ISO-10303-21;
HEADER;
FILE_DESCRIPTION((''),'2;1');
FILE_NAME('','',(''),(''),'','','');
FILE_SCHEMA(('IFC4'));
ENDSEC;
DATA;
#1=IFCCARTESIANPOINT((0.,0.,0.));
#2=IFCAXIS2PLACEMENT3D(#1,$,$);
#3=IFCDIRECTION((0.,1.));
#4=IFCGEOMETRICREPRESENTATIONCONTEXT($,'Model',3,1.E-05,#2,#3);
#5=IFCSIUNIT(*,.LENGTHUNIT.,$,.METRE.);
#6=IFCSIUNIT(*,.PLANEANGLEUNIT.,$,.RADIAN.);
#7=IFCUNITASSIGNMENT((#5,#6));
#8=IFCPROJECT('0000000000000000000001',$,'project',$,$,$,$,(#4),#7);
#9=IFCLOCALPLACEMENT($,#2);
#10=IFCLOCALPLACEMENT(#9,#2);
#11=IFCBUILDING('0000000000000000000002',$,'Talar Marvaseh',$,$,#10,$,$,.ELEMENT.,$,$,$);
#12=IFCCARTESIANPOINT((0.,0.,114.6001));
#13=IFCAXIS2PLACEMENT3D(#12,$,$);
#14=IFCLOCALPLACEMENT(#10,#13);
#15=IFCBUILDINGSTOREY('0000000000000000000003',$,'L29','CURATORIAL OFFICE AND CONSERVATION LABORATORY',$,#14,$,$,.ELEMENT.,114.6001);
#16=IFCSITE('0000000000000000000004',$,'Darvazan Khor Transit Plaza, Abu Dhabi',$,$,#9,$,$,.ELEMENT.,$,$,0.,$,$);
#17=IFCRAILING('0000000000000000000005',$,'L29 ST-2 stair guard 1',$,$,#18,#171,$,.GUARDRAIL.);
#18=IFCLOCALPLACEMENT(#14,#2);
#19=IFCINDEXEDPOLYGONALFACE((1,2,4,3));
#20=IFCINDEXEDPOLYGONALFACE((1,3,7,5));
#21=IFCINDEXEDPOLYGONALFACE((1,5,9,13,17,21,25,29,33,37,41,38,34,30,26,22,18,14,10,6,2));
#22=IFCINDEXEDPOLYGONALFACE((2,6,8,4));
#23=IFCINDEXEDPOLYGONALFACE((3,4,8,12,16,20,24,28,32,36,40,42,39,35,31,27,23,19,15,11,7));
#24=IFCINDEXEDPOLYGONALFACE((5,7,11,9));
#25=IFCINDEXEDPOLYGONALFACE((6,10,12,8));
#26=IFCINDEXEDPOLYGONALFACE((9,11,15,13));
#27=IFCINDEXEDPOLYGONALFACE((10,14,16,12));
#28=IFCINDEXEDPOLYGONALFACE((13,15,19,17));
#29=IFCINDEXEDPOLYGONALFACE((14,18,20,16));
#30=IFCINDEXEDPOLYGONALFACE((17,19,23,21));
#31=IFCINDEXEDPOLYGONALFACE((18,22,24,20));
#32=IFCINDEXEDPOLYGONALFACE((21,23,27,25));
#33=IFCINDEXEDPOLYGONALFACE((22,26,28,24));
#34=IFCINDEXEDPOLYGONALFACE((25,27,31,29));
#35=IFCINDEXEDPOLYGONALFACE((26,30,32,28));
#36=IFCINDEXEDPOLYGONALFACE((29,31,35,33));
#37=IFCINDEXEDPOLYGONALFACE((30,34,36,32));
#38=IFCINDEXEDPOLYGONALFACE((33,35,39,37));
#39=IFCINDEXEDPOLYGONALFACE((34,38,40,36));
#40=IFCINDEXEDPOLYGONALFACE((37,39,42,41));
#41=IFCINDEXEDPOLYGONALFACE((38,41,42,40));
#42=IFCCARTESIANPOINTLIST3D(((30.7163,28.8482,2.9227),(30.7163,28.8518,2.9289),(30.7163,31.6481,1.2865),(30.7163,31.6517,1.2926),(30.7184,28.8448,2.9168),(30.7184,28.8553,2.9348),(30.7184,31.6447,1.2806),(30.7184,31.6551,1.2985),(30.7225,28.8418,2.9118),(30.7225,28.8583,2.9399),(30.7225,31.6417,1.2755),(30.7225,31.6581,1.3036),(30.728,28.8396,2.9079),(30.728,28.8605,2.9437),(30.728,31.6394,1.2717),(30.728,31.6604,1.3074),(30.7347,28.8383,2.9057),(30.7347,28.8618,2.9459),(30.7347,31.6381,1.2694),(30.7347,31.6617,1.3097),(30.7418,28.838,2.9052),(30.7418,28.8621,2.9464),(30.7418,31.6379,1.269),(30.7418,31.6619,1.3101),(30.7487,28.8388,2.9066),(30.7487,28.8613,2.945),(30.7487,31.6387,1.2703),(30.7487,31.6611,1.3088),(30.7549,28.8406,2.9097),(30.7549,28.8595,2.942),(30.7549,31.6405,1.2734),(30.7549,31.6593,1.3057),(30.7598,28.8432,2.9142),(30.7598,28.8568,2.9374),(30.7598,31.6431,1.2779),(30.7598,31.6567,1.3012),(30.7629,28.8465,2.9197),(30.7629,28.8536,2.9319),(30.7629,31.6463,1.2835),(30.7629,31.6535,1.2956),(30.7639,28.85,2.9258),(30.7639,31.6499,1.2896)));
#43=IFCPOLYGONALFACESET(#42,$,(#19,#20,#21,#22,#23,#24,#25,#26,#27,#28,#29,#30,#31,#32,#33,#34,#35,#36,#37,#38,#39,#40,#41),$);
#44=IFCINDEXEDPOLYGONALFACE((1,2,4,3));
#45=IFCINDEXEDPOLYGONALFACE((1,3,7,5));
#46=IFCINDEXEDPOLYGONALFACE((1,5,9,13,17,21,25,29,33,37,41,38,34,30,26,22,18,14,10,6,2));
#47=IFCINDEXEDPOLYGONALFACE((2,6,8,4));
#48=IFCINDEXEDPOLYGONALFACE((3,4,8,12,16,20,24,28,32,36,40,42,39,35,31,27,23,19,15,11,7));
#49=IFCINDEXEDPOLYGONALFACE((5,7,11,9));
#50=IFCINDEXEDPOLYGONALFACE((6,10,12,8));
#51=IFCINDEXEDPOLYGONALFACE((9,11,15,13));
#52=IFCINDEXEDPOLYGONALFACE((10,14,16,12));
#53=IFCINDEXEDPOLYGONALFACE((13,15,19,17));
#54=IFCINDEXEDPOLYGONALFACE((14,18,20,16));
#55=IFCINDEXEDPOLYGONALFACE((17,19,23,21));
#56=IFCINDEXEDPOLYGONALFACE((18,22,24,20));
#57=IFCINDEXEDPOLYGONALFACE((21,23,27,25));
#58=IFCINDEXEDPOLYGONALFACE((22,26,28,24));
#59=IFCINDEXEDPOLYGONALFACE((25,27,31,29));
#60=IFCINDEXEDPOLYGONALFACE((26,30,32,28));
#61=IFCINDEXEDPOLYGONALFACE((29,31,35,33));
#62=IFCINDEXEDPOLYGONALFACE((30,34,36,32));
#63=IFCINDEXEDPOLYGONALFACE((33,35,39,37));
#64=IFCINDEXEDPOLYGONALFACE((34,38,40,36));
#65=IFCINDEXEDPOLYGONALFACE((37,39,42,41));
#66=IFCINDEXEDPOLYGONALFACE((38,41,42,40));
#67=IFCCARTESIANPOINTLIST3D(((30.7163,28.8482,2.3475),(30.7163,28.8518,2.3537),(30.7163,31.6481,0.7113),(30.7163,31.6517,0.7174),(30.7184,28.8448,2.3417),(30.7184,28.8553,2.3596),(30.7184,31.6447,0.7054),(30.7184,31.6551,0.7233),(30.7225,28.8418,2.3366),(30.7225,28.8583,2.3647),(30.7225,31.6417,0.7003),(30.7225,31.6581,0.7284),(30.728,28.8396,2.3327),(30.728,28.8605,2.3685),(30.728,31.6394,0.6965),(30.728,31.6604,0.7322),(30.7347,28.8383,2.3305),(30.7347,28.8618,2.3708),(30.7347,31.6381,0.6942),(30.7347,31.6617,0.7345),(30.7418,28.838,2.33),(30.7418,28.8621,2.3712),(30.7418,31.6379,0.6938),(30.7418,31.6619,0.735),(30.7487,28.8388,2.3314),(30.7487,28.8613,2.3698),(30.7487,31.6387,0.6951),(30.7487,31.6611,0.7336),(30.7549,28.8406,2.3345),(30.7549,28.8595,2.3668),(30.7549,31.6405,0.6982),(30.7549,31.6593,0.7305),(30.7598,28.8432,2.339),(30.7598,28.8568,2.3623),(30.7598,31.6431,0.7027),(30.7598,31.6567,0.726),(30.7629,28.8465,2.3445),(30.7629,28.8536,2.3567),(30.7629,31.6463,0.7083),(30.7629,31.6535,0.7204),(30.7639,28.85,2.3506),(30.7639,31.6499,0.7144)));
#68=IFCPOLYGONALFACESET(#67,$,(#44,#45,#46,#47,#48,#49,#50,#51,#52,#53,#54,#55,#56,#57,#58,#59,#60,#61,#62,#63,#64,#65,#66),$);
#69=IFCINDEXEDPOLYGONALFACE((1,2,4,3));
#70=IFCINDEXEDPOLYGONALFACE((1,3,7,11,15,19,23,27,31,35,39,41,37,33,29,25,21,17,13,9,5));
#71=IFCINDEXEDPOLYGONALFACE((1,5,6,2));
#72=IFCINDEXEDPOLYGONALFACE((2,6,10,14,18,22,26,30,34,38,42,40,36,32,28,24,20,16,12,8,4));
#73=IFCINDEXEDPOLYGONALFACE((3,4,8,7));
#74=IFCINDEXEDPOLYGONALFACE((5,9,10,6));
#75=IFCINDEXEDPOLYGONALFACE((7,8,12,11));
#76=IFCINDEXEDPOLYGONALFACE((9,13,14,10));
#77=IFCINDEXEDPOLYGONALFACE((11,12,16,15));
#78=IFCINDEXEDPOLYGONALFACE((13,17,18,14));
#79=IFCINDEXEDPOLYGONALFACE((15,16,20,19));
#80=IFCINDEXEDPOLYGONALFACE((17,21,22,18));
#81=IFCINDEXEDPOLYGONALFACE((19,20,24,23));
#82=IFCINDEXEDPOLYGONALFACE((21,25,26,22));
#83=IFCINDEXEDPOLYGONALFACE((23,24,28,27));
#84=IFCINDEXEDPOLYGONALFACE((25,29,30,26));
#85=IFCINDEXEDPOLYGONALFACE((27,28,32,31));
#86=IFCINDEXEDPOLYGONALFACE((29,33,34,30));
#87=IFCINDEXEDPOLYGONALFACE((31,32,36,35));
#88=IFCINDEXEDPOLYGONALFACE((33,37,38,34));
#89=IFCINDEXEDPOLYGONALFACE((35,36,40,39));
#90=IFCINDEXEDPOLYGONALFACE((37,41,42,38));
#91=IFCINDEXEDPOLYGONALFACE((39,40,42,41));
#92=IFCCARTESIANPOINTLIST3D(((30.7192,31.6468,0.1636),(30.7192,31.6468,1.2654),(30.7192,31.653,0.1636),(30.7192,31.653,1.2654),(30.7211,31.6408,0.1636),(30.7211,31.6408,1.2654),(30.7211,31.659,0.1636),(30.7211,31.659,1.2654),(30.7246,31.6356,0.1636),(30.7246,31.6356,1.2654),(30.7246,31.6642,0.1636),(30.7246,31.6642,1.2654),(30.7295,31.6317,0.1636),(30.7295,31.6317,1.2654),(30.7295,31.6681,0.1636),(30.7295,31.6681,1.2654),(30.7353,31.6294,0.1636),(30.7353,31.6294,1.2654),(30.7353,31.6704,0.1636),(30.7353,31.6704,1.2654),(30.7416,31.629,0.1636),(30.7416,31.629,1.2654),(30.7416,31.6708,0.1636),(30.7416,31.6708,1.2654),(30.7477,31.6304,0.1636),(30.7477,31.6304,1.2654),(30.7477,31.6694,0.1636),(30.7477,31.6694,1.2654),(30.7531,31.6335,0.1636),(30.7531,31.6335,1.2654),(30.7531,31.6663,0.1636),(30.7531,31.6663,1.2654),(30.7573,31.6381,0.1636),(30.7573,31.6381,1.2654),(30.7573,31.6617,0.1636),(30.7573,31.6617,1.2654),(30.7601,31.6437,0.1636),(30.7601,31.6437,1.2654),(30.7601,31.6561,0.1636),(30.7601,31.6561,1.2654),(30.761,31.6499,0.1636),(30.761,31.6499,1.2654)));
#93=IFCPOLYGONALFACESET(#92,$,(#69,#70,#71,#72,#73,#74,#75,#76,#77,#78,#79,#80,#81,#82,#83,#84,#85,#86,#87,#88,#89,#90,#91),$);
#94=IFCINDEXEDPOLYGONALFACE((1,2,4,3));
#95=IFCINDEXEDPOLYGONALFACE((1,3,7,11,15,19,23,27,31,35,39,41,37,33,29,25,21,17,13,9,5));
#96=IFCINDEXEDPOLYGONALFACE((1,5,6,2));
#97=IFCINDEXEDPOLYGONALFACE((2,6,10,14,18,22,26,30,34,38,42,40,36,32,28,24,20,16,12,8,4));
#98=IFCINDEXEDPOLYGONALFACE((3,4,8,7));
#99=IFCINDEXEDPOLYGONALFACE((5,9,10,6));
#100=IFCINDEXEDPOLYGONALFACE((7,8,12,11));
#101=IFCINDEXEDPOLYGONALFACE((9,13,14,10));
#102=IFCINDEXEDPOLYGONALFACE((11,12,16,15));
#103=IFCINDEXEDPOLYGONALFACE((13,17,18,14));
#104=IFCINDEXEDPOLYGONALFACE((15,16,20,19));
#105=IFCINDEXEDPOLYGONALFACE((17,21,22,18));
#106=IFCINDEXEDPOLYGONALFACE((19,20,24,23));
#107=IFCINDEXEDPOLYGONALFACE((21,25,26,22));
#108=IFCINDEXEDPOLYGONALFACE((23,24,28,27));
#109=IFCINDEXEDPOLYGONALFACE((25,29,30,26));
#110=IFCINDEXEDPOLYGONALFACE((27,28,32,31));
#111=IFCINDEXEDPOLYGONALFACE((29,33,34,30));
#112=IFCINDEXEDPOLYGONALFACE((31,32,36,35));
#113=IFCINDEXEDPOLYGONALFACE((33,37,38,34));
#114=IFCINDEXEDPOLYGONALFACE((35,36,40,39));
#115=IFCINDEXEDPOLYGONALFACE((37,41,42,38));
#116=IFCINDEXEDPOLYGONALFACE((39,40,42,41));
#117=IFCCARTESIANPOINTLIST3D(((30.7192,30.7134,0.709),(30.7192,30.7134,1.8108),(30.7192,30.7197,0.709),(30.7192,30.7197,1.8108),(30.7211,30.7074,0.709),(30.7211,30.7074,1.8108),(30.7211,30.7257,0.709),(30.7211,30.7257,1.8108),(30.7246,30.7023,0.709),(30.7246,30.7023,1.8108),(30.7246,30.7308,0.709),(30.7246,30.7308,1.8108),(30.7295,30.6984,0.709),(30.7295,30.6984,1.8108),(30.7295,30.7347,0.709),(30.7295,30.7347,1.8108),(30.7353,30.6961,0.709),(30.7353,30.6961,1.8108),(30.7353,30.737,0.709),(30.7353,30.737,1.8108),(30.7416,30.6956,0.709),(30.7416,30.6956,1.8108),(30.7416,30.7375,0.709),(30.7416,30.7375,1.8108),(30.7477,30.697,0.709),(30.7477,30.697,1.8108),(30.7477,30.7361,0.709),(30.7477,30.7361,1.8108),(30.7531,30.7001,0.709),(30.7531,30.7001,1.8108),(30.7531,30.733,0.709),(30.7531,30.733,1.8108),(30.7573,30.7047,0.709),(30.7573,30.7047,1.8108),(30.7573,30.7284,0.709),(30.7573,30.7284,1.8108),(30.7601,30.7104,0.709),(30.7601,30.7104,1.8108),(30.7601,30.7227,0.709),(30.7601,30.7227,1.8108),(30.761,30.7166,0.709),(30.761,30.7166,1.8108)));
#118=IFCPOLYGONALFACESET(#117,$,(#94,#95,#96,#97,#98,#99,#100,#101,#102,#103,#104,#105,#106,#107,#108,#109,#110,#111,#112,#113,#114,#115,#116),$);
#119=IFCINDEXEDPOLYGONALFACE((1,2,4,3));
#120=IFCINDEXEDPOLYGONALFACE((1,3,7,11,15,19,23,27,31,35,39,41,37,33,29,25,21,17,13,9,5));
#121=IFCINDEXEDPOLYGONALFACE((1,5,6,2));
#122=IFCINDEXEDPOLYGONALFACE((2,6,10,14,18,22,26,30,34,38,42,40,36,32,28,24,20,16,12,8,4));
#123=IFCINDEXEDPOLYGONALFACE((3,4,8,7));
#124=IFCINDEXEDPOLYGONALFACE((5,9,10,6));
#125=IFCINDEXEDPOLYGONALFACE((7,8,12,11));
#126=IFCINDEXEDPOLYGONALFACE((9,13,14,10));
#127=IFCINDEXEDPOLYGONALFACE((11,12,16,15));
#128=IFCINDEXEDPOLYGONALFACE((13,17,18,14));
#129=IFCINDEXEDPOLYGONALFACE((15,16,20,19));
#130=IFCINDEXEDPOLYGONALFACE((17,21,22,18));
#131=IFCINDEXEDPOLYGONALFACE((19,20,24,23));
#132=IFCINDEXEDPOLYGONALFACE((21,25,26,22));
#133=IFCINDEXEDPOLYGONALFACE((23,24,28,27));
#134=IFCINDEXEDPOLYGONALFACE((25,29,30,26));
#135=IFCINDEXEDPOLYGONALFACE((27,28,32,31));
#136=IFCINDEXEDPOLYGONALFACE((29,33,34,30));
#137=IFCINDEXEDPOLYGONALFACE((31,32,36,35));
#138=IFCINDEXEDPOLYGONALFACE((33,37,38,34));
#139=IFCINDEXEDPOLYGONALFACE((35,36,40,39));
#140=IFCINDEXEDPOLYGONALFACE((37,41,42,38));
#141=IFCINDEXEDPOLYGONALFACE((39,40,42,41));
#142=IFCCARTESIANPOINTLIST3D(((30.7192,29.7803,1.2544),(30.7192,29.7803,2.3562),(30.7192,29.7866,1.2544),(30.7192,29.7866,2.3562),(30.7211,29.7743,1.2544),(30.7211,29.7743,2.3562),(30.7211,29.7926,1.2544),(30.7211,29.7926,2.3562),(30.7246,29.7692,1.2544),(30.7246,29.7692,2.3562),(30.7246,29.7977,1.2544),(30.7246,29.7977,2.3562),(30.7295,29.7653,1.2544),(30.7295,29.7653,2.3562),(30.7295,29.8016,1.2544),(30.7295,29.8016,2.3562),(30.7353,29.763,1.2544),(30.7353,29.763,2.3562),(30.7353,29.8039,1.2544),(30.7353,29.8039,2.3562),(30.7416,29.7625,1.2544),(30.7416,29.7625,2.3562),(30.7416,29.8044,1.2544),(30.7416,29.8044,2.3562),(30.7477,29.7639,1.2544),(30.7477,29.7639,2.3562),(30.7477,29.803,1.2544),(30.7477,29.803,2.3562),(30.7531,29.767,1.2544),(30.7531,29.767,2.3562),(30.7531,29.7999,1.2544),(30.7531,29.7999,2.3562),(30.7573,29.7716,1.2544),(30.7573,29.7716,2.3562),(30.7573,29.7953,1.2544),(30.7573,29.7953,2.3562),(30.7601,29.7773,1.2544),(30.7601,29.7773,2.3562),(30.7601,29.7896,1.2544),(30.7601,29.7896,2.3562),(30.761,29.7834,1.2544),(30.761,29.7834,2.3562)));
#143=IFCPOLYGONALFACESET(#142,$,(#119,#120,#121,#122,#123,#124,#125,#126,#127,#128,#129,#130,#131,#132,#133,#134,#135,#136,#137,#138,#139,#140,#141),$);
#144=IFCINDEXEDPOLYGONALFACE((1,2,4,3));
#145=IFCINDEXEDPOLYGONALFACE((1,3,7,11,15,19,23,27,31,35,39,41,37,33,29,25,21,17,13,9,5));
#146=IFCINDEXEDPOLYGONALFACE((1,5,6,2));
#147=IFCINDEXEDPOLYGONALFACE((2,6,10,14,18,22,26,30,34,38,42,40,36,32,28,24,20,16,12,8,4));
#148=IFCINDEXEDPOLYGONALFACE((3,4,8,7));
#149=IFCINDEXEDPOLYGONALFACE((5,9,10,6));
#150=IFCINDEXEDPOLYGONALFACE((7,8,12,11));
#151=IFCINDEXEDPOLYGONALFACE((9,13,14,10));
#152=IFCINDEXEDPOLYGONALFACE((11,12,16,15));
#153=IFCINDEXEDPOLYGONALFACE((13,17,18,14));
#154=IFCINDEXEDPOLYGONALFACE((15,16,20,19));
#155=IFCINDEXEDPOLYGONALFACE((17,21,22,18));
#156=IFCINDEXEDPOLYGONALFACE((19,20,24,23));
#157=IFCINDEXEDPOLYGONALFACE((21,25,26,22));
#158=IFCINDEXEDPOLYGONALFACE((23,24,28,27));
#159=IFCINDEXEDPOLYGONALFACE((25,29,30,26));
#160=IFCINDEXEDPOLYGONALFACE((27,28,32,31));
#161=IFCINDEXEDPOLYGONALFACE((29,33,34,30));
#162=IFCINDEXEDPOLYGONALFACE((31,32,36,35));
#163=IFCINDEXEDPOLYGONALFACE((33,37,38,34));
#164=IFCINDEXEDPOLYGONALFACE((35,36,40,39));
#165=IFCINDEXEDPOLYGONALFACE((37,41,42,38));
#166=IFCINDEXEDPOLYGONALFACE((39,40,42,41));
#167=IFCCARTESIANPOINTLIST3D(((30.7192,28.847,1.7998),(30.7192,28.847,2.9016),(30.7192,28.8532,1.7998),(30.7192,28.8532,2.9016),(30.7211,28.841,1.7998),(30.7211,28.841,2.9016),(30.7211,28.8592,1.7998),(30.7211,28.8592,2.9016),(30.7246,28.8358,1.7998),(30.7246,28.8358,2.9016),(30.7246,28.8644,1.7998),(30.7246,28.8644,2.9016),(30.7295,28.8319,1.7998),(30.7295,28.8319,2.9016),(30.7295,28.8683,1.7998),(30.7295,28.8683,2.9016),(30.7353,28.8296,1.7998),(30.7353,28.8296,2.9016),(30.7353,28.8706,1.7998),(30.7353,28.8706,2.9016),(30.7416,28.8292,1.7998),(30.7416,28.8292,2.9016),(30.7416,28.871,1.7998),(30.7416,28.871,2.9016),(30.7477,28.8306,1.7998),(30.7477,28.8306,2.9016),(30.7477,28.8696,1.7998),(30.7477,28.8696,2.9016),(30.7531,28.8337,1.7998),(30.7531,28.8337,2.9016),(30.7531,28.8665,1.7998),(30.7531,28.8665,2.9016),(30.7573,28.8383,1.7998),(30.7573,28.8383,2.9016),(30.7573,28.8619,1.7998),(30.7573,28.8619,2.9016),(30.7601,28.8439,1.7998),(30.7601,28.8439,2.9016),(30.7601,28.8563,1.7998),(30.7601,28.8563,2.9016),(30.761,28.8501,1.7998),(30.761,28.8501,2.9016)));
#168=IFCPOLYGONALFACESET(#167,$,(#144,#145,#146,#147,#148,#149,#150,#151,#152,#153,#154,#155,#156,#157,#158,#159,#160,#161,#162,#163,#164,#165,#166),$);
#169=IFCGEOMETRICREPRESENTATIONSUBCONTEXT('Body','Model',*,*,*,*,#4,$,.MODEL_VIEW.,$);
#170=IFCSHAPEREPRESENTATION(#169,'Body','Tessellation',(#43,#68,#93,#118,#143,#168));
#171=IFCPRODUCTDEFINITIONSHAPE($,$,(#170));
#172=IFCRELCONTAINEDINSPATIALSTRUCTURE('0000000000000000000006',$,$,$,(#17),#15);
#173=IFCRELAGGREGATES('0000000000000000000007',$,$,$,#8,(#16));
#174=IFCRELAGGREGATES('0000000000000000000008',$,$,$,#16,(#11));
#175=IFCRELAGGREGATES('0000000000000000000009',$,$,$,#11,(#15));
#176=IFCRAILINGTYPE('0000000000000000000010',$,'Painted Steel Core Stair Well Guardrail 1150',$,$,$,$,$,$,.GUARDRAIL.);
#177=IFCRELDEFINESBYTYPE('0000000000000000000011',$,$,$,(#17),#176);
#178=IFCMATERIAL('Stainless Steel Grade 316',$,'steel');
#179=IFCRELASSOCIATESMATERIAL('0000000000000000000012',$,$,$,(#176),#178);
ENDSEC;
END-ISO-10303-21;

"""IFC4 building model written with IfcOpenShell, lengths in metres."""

from ifc_helpers import new_model, si_unit, direction, frame, origin, origin_2d, place, context, subcontext, project, spatial, circle, extrude, material, type_object, element, save


model = new_model("IFC4")

# Units and contexts
model_context = context("Model", 3, precision=1e-05, world=origin(), true_north=direction((0.0, 1.0)))
body_context = subcontext(model_context, "Body", "Model", "MODEL_VIEW")
ifc_project = project(units=[si_unit("LENGTHUNIT", "METRE"), si_unit("PLANEANGLEUNIT", "RADIAN")], contexts=[model_context])

# Site, building, storey
site_placement = place(None, origin())
site = spatial("IfcSite", under=ifc_project, at=site_placement, Name="Darvazan Khor Transit Plaza, Abu Dhabi", CompositionType="ELEMENT", RefElevation=0.0)
building_placement = place(site_placement, origin())
building = spatial("IfcBuilding", under=site, at=building_placement, Name="Talar Marvaseh", CompositionType="ELEMENT")
storey_placement = place(building_placement, frame((0.0, 0.0, 114.6001)))
storey = spatial("IfcBuildingStorey", under=building, at=storey_placement, Name="L29", Description="CURATORIAL OFFICE AND CONSERVATION LABORATORY", CompositionType="ELEMENT", Elevation=114.6001)

# Shared definitions
ifc_material_1 = material(Name="Stainless Steel Grade 316", Category="steel")

# Railing
railing_type_1 = type_object("IfcRailingType", Name="Painted Steel Core Stair Well Guardrail 1150", PredefinedType="GUARDRAIL", material=ifc_material_1)
railing_1_placement = place(storey_placement, frame((30.74, 31.6499, 0.1636)))
element("IfcRailing", 1, at=railing_1_placement, inside=storey, type_object=railing_type_1, Name="L29 ST-2 stair guard 1", PredefinedType="GUARDRAIL", context=body_context, shape_type="SweptSolid", body=[
    extrude(circle(Radius=0.0239, at=origin_2d()), frame((0.0, 0.0, 1.126), z_axis=(0.0, -0.863374, 0.504564), x_axis=(1.0, 0.0, 0.0)), (0.0, 0.0, 1.0), 3.2429),
    extrude(circle(Radius=0.0239, at=origin_2d()), frame((0.0, 0.0, 0.5508), z_axis=(0.0, -0.863374, 0.504564), x_axis=(1.0, 0.0, 0.0)), (0.0, 0.0, 1.0), 3.2429),
    extrude(circle(Radius=0.021, at=origin_2d()), origin(), (0.0, 0.0, 1.0), 1.1018),
    extrude(circle(Radius=0.021, at=origin_2d()), frame((0.0, -0.9333, 0.5454)), (0.0, 0.0, 1.0), 1.1018),
    extrude(circle(Radius=0.021, at=origin_2d()), frame((0.0, -1.8665, 1.0908)), (0.0, 0.0, 1.0), 1.1018),
    extrude(circle(Radius=0.021, at=origin_2d()), frame((0.0, -2.7998, 1.6362)), (0.0, 0.0, 1.0), 1.1018),
])

save(model, "model.ifc")
